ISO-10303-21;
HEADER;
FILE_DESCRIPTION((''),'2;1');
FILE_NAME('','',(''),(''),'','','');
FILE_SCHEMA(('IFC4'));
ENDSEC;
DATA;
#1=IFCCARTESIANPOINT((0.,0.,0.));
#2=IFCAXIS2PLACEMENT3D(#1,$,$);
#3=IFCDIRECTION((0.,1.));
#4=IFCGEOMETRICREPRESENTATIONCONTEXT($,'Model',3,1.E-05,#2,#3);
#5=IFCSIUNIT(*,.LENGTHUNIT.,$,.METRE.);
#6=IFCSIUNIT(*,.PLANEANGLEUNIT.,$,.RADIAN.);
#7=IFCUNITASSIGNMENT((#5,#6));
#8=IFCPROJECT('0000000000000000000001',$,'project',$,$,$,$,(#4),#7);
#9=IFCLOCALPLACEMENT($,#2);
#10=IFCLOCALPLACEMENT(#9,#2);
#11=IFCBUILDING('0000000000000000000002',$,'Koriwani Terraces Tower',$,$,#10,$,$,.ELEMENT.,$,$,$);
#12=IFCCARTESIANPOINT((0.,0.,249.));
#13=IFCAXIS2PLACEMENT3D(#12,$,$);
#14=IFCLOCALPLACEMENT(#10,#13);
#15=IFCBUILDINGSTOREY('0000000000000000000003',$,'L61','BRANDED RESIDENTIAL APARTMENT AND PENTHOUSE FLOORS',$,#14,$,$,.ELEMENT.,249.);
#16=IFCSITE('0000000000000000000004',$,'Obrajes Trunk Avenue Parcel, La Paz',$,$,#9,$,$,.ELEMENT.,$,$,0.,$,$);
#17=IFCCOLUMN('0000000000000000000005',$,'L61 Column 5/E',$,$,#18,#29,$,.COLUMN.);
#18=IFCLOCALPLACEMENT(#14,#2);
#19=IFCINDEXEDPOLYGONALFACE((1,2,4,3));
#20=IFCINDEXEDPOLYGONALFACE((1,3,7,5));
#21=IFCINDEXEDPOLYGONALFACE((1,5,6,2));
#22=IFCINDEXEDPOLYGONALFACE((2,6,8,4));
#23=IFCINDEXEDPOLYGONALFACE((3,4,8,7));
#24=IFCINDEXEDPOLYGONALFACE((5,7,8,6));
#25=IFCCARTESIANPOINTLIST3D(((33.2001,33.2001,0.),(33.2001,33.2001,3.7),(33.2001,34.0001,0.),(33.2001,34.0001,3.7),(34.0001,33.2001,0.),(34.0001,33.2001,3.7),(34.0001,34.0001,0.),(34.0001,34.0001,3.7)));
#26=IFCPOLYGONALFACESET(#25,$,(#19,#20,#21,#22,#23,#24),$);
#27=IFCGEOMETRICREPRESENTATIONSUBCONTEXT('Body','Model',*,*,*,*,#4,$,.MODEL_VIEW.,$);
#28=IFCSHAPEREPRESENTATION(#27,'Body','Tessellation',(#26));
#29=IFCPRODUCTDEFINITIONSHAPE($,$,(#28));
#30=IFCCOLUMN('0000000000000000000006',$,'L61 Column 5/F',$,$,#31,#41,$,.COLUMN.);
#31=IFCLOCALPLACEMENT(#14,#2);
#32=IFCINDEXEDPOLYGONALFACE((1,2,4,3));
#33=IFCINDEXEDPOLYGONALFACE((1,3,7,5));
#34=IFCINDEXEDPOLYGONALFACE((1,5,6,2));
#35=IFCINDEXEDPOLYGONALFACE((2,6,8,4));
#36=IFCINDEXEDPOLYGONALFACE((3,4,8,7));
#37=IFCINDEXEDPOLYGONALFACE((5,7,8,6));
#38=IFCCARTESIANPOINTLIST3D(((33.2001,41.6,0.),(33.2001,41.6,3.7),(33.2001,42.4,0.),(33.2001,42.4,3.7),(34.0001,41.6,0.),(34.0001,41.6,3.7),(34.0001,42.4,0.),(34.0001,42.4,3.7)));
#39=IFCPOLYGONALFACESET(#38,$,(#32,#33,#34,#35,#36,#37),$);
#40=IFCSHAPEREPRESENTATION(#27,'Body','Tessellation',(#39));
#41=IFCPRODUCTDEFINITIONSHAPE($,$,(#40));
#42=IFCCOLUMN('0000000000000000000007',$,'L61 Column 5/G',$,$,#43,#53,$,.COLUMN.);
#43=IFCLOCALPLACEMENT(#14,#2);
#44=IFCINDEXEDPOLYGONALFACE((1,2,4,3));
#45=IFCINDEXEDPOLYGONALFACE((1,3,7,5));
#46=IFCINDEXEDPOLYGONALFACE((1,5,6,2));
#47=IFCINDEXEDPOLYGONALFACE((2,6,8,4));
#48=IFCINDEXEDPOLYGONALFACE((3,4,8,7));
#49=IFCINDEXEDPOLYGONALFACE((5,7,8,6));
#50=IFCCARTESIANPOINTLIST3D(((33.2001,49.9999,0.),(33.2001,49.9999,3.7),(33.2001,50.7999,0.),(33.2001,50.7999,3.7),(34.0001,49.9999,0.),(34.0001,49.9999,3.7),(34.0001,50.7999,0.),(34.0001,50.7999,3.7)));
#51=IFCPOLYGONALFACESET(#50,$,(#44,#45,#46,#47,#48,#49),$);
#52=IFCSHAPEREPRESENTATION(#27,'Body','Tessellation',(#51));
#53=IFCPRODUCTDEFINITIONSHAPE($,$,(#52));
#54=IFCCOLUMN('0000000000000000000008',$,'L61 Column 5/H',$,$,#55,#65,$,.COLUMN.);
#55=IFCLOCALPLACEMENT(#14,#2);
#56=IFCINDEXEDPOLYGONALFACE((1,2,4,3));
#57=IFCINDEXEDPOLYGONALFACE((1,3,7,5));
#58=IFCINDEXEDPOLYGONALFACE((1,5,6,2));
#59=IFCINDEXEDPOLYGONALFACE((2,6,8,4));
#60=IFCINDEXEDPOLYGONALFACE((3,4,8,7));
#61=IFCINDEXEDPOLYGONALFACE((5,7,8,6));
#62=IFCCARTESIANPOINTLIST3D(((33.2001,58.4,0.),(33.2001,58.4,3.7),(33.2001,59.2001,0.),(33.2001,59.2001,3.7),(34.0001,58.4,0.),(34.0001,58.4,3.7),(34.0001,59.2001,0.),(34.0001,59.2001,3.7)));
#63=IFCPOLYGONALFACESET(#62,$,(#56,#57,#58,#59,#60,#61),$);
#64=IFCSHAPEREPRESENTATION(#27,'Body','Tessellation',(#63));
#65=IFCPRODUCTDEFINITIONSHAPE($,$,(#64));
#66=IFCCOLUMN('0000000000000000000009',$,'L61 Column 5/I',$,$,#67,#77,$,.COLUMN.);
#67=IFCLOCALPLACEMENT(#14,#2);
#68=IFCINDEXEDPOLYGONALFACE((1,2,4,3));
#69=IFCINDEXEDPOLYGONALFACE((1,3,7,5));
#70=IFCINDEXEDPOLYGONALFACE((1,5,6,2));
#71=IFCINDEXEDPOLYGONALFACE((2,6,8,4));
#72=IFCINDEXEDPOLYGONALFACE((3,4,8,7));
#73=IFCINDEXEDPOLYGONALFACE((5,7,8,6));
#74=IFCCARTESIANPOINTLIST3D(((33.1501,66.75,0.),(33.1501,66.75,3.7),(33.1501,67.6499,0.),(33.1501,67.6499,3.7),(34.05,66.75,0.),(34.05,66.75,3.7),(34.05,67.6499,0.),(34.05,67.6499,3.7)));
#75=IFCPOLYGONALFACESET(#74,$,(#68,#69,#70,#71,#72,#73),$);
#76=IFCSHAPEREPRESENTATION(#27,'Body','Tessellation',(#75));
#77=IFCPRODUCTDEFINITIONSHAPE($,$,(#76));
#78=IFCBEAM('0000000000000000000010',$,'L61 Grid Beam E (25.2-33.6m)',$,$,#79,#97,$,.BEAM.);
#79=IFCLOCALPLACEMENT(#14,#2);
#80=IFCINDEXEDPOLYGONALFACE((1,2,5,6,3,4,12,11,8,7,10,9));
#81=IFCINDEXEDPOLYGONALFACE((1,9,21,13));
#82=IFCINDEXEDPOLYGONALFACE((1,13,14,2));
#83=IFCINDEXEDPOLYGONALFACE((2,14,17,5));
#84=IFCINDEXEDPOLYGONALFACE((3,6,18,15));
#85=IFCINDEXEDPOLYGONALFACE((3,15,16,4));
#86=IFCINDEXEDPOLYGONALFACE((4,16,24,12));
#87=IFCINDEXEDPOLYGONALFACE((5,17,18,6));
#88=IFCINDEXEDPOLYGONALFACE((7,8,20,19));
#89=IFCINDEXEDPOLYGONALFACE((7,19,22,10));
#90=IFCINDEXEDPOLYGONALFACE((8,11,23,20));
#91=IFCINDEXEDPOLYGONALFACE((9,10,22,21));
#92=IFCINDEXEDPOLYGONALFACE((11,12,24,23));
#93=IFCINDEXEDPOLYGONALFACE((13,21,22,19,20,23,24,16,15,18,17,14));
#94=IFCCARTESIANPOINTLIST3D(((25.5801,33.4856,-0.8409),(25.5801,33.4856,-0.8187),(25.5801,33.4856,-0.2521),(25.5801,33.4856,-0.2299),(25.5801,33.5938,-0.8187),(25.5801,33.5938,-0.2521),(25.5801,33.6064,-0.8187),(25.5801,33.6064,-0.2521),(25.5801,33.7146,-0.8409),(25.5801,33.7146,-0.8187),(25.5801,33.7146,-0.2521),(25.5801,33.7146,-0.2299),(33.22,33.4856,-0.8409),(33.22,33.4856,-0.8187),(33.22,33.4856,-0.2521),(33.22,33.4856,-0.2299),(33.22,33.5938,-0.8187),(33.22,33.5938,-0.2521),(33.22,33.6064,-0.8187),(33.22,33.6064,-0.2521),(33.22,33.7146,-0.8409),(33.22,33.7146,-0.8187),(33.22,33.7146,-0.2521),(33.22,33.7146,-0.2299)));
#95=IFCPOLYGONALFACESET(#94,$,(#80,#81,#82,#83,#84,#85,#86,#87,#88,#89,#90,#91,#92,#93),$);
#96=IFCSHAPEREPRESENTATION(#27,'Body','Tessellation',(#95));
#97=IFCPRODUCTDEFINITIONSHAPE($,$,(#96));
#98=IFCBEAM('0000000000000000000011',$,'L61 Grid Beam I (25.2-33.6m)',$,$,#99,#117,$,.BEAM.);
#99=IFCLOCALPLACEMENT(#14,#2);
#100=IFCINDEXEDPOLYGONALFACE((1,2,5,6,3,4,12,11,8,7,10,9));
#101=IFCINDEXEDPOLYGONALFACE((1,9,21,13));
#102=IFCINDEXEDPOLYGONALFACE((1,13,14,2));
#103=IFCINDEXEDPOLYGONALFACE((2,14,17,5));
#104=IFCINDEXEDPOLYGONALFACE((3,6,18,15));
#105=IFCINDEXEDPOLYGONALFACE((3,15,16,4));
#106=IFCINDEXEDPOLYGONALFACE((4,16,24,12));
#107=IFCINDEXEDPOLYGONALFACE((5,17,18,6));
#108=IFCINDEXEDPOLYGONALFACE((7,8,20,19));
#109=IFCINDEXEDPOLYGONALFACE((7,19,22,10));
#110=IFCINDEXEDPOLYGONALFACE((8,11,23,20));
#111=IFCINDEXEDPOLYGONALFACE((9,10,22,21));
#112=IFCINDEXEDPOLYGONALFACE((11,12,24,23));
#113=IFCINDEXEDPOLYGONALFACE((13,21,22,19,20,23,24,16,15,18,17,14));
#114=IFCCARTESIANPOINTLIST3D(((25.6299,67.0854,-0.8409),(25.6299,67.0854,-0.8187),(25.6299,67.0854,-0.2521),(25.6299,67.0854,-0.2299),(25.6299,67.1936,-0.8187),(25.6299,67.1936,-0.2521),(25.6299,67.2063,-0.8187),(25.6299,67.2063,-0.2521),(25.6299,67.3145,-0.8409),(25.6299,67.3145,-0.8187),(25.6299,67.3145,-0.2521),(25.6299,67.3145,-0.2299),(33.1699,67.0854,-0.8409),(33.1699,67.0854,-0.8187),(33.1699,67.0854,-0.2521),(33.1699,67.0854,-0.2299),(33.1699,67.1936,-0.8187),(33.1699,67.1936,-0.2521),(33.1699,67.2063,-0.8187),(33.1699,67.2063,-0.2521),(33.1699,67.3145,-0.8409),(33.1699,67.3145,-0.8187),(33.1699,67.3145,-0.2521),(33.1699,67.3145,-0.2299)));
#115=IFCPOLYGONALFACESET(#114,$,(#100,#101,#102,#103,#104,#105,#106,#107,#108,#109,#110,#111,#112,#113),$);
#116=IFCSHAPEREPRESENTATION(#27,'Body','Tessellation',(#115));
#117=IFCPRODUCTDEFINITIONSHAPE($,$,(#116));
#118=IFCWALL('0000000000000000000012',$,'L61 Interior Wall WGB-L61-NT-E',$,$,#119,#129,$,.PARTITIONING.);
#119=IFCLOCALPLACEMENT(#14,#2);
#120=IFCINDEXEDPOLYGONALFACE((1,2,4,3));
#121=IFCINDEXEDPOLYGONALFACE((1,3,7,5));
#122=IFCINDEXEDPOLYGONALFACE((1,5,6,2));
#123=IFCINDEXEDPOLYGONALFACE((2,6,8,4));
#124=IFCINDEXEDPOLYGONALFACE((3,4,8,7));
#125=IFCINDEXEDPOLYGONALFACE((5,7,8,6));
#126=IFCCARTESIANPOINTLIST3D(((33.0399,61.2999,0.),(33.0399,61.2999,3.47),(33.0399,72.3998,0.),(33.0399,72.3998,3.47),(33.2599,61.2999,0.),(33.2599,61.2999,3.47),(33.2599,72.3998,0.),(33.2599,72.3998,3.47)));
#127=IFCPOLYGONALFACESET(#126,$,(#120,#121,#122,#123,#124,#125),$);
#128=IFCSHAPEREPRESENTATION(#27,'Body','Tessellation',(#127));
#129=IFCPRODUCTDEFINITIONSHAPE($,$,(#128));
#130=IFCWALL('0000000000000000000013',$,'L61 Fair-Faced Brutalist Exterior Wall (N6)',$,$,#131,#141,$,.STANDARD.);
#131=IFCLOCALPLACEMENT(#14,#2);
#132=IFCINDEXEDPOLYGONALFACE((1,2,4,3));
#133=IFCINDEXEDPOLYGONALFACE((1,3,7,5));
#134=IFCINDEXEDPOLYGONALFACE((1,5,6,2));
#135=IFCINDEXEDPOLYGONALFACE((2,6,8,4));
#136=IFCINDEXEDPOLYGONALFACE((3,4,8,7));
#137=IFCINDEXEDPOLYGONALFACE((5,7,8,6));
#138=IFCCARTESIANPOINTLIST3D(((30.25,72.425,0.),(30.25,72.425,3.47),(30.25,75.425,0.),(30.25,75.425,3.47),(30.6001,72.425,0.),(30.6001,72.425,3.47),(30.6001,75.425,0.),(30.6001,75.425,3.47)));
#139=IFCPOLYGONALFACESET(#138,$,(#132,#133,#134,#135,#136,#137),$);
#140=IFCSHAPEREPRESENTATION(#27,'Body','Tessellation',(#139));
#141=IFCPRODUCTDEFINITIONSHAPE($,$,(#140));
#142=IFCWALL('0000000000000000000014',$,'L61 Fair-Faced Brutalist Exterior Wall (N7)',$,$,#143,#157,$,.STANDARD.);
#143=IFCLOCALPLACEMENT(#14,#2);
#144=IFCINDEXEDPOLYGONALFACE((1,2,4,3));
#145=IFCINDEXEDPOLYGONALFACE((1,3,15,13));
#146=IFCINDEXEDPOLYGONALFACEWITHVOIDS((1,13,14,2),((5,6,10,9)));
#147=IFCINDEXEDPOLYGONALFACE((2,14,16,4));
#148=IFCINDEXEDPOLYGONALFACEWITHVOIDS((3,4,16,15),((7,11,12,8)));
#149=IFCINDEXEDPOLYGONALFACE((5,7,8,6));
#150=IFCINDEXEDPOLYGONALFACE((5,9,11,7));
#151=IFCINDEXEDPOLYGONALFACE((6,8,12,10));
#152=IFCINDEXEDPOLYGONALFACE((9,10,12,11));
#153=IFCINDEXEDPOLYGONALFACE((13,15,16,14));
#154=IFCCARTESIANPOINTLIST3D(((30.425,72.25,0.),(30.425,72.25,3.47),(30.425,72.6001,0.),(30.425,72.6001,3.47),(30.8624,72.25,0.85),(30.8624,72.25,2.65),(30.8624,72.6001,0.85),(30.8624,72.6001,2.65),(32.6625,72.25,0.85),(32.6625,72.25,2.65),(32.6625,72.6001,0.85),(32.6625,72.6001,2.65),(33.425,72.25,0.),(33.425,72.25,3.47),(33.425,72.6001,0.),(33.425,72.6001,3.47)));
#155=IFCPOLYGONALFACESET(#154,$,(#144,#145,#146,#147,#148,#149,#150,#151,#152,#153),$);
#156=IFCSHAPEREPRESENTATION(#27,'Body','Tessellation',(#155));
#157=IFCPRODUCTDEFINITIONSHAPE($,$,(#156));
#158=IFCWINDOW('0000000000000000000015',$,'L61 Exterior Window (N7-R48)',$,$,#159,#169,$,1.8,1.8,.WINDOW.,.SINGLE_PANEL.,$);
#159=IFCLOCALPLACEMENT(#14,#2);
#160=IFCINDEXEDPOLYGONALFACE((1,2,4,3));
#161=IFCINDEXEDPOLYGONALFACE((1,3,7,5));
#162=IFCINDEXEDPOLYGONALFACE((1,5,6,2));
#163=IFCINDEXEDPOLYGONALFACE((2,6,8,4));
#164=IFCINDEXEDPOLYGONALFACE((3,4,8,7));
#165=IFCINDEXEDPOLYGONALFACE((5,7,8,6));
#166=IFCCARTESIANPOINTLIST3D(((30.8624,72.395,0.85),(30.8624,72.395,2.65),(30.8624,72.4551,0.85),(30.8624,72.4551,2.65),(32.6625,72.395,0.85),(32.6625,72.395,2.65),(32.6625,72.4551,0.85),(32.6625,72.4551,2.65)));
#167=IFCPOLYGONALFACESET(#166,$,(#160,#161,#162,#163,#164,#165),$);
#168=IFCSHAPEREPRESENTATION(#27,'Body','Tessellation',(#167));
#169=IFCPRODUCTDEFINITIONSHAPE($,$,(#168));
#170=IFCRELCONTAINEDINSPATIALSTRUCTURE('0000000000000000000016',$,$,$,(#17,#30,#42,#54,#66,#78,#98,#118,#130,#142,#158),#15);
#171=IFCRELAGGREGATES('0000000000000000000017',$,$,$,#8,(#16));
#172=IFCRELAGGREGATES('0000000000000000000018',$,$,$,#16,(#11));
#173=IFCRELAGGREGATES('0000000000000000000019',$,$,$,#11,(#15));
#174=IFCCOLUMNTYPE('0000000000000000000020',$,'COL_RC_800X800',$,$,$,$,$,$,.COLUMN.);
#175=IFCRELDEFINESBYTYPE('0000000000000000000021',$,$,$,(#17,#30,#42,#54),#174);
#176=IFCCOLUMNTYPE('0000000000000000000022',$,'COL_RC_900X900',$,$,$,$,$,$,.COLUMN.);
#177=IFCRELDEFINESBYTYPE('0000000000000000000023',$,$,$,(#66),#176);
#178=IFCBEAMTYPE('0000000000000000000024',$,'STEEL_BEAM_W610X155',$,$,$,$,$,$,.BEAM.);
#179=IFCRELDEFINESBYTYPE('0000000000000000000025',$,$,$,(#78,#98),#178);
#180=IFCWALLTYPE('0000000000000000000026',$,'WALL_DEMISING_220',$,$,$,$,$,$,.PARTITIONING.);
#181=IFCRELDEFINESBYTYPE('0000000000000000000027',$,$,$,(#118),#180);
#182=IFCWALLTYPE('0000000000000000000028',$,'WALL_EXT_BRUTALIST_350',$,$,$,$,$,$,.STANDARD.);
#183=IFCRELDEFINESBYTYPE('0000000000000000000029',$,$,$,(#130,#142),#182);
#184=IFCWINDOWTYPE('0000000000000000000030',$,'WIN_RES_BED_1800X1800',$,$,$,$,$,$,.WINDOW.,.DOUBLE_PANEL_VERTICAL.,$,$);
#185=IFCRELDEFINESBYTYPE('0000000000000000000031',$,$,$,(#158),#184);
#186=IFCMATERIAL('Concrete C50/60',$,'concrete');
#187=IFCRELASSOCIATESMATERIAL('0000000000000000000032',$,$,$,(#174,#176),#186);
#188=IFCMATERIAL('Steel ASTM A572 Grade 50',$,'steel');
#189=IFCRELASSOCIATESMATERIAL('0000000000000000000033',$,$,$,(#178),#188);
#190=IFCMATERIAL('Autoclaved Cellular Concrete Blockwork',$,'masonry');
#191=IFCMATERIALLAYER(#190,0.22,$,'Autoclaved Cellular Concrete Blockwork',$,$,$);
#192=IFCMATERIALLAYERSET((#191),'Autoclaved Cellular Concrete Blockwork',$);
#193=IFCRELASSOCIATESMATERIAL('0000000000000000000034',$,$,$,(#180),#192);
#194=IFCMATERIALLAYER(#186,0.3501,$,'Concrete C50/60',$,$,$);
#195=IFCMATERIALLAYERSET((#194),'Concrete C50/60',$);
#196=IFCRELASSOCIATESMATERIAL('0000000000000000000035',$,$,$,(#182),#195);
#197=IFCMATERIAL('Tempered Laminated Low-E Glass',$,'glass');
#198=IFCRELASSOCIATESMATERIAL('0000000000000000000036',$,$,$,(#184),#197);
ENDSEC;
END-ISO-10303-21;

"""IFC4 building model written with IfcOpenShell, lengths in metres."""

from ifc_helpers import new_model, si_unit, direction, frame, frame_2d, origin, origin_2d, place, context, subcontext, project, spatial, rectangle, i_section, extrude, material, layer, layer_set, material_profile, profile_set, type_object, element, fill, save


model = new_model("IFC4")

# Units and contexts
model_context = context("Model", 3, precision=1e-05, world=origin(), true_north=direction((0.0, 1.0)))
body_context = subcontext(model_context, "Body", "Model", "MODEL_VIEW")
ifc_project = project(units=[si_unit("LENGTHUNIT", "METRE"), si_unit("PLANEANGLEUNIT", "RADIAN")], contexts=[model_context])

# Site, building, storey
site_placement = place(None, origin())
site = spatial("IfcSite", under=ifc_project, at=site_placement, Name="Obrajes Trunk Avenue Parcel, La Paz", CompositionType="ELEMENT", RefElevation=0.0)
building_placement = place(site_placement, origin())
building = spatial("IfcBuilding", under=site, at=building_placement, Name="Koriwani Terraces Tower", CompositionType="ELEMENT")
storey_placement = place(building_placement, frame((0.0, 0.0, 249.0)))
storey = spatial("IfcBuildingStorey", under=building, at=storey_placement, Name="L61", Description="BRANDED RESIDENTIAL APARTMENT AND PENTHOUSE FLOORS", CompositionType="ELEMENT", Elevation=249.0)

# Columns
ifc_material_1 = material(Name="Concrete C50/60", Category="concrete")
ifc_material_profile_1 = material_profile(ifc_material_1, rectangle(XDim=0.8, YDim=0.8, at=origin_2d()), Name="Concrete C50/60", Category="LoadBearing")
ifc_profile_set_1 = profile_set([ifc_material_profile_1], Name="Concrete C50/60")
column_type_1 = type_object("IfcColumnType", Name="COL_RC_800X800", PredefinedType="COLUMN", material=ifc_profile_set_1)
for number, where, z_axis, x_axis, name in (
    (1, (33.6001, 33.6001, 0.0), (0.0, 0.0, 1.0), (1.0, 0.0, 0.0), "L61 Column 5/E"),
    (2, (33.6001, 42.0, 0.0), (0.0, 0.0, 1.0), (1.0, 0.0, 0.0), "L61 Column 5/F"),
    (3, (33.6001, 50.3999, 0.0), (0.0, 0.0, 1.0), (1.0, 0.0, 0.0), "L61 Column 5/G"),
    (4, (33.6001, 58.8, 0.0), (0.0, 0.0, 1.0), (1.0, 0.0, 0.0), "L61 Column 5/H"),
):
    element("IfcColumn", number, at=place(storey_placement, frame(where, z_axis=z_axis, x_axis=x_axis)), inside=storey, type_object=column_type_1, Name=name, PredefinedType="COLUMN", context=body_context, shape_type="SweptSolid", body=[
        extrude(rectangle(XDim=0.8, YDim=0.8, at=origin_2d()), origin(), (0.0, 0.0, 1.0), 3.7),
    ])
ifc_material_profile_2 = material_profile(ifc_material_1, rectangle(XDim=0.8999, YDim=0.8999, at=origin_2d()), Name="Concrete C50/60", Category="LoadBearing")
ifc_profile_set_2 = profile_set([ifc_material_profile_2], Name="Concrete C50/60")
column_type_2 = type_object("IfcColumnType", Name="COL_RC_900X900", PredefinedType="COLUMN", material=ifc_profile_set_2)
column_placement = place(storey_placement, frame((33.6001, 67.2, 0.0), z_axis=(0.0, 0.0, 1.0), x_axis=(1.0, 0.0, 0.0)))
element("IfcColumn", 5, at=column_placement, inside=storey, type_object=column_type_2, Name="L61 Column 5/I", PredefinedType="COLUMN", context=body_context, shape_type="SweptSolid", body=[
    extrude(rectangle(XDim=0.8999, YDim=0.8999, at=origin_2d()), origin(), (0.0, 0.0, 1.0), 3.7),
])

# Beams
ifc_material_2 = material(Name="Steel ASTM A572 Grade 50", Category="steel")
ifc_material_profile_3 = material_profile(ifc_material_2, i_section(OverallWidth=0.229, OverallDepth=0.6111, WebThickness=0.0127, FlangeThickness=0.0222, at=origin_2d()), Name="Steel ASTM A572 Grade 50", Category="LoadBearing")
ifc_profile_set_3 = profile_set([ifc_material_profile_3], Name="Steel ASTM A572 Grade 50")
beam_type = type_object("IfcBeamType", Name="STEEL_BEAM_W610X155", PredefinedType="BEAM", material=ifc_profile_set_3)
beam_1_placement = place(storey_placement, frame((25.5801, 33.6001, -0.5354), z_axis=(1.0, 0.0, 0.0), x_axis=(0.0, 1.0, 0.0)))
element("IfcBeam", 6, at=beam_1_placement, inside=storey, type_object=beam_type, Name="L61 Grid Beam E (25.2-33.6m)", PredefinedType="BEAM", context=body_context, shape_type="SweptSolid", body=[
    extrude(i_section(OverallWidth=0.229, OverallDepth=0.6111, WebThickness=0.0127, FlangeThickness=0.0222, at=origin_2d()), origin(), (0.0, 0.0, 1.0), 7.6399),
])
beam_2_placement = place(storey_placement, frame((25.6299, 67.2, -0.5354), z_axis=(1.0, 0.0, 0.0), x_axis=(0.0, 1.0, 0.0)))
element("IfcBeam", 7, at=beam_2_placement, inside=storey, type_object=beam_type, Name="L61 Grid Beam I (25.2-33.6m)", PredefinedType="BEAM", context=body_context, shape_type="SweptSolid", body=[
    extrude(i_section(OverallWidth=0.229, OverallDepth=0.6111, WebThickness=0.0127, FlangeThickness=0.0222, at=origin_2d()), origin(), (0.0, 0.0, 1.0), 7.54),
])

# Walls
ifc_material_3 = material(Name="Autoclaved Cellular Concrete Blockwork", Category="masonry")
ifc_layer_1 = layer(ifc_material_3, 0.22, Name="Autoclaved Cellular Concrete Blockwork")
ifc_layer_set_1 = layer_set([ifc_layer_1], Name="Autoclaved Cellular Concrete Blockwork")
wall_type_1 = type_object("IfcWallType", Name="WALL_DEMISING_220", PredefinedType="PARTITIONING", material=ifc_layer_set_1)
wall_1_placement = place(storey_placement, frame((33.1499, 61.3, 0.0), z_axis=(0.0, 0.0, 1.0), x_axis=(0.0, 1.0, 0.0)))
element("IfcWall", 8, at=wall_1_placement, inside=storey, type_object=wall_type_1, Name="L61 Interior Wall WGB-L61-NT-E", PredefinedType="PARTITIONING", context=body_context, shape_type="SweptSolid", body=[
    extrude(rectangle(XDim=11.0999, YDim=0.22, at=frame_2d((5.5498, 0.0))), origin(), (0.0, 0.0, 1.0), 3.47),
])
ifc_layer_2 = layer(ifc_material_1, 0.3501, Name="Concrete C50/60")
ifc_layer_set_2 = layer_set([ifc_layer_2], Name="Concrete C50/60")
wall_type_2 = type_object("IfcWallType", Name="WALL_EXT_BRUTALIST_350", PredefinedType="STANDARD", material=ifc_layer_set_2)
wall_2_placement = place(storey_placement, frame((30.425, 75.425, 0.0), z_axis=(0.0, 0.0, 1.0), x_axis=(0.0, -1.0, 0.0)))
element("IfcWall", 9, at=wall_2_placement, inside=storey, type_object=wall_type_2, Name="L61 Fair-Faced Brutalist Exterior Wall (N6)", PredefinedType="STANDARD", context=body_context, shape_type="SweptSolid", body=[
    extrude(rectangle(XDim=3.0, YDim=0.3501, at=frame_2d((1.5, 0.0))), origin(), (0.0, 0.0, 1.0), 3.47),
])

# Wall, opening, window
wall_3_placement = place(storey_placement, frame((30.425, 72.425, 0.0), z_axis=(0.0, 0.0, 1.0), x_axis=(1.0, 0.0, 0.0)))
wall_3 = element("IfcWall", 10, at=wall_3_placement, inside=storey, type_object=wall_type_2, Name="L61 Fair-Faced Brutalist Exterior Wall (N7)", PredefinedType="STANDARD", context=body_context, shape_type="SweptSolid", body=[
    extrude(rectangle(XDim=3.0, YDim=0.3501, at=frame_2d((1.5, 0.0))), origin(), (0.0, 0.0, 1.0), 3.47),
])
opening_1_placement = place(wall_3_placement, frame((0.4375, 0.0, 0.8501)))
opening_1 = element("IfcOpeningElement", 11, at=opening_1_placement, cuts=wall_3, PredefinedType="OPENING", context=body_context, shape_type="SweptSolid", body=[
    extrude(rectangle(XDim=1.8, YDim=1.8, at=frame_2d((0.8999, 0.8999))), frame((0.0, 0.1851, 0.0), z_axis=(0.0, -1.0, 0.0), x_axis=(1.0, 0.0, 0.0)), (0.0, 0.0, 1.0), 0.3701),
])
ifc_material_4 = material(Name="Tempered Laminated Low-E Glass", Category="glass")
window_type_1 = type_object("IfcWindowType", Name="WIN_RES_BED_1800X1800", PartitioningType="DOUBLE_PANEL_VERTICAL", PredefinedType="WINDOW", material=ifc_material_4)
window_1_placement = place(opening_1_placement, origin())
window_1 = element("IfcWindow", 12, at=window_1_placement, inside=storey, type_object=window_type_1, Name="L61 Exterior Window (N7-R48)", OverallHeight=1.8, OverallWidth=1.8, PartitioningType="SINGLE_PANEL", PredefinedType="WINDOW", context=body_context, shape_type="SweptSolid", body=[
    extrude(rectangle(XDim=1.8, YDim=1.8, at=frame_2d((0.8999, 0.8999))), frame((0.0, 0.03, 0.0), z_axis=(0.0, -1.0, 0.0), x_axis=(1.0, 0.0, 0.0)), (0.0, 0.0, 1.0), 0.0601),
])
fill(opening_1, window_1)

save(model, "model.ifc")
